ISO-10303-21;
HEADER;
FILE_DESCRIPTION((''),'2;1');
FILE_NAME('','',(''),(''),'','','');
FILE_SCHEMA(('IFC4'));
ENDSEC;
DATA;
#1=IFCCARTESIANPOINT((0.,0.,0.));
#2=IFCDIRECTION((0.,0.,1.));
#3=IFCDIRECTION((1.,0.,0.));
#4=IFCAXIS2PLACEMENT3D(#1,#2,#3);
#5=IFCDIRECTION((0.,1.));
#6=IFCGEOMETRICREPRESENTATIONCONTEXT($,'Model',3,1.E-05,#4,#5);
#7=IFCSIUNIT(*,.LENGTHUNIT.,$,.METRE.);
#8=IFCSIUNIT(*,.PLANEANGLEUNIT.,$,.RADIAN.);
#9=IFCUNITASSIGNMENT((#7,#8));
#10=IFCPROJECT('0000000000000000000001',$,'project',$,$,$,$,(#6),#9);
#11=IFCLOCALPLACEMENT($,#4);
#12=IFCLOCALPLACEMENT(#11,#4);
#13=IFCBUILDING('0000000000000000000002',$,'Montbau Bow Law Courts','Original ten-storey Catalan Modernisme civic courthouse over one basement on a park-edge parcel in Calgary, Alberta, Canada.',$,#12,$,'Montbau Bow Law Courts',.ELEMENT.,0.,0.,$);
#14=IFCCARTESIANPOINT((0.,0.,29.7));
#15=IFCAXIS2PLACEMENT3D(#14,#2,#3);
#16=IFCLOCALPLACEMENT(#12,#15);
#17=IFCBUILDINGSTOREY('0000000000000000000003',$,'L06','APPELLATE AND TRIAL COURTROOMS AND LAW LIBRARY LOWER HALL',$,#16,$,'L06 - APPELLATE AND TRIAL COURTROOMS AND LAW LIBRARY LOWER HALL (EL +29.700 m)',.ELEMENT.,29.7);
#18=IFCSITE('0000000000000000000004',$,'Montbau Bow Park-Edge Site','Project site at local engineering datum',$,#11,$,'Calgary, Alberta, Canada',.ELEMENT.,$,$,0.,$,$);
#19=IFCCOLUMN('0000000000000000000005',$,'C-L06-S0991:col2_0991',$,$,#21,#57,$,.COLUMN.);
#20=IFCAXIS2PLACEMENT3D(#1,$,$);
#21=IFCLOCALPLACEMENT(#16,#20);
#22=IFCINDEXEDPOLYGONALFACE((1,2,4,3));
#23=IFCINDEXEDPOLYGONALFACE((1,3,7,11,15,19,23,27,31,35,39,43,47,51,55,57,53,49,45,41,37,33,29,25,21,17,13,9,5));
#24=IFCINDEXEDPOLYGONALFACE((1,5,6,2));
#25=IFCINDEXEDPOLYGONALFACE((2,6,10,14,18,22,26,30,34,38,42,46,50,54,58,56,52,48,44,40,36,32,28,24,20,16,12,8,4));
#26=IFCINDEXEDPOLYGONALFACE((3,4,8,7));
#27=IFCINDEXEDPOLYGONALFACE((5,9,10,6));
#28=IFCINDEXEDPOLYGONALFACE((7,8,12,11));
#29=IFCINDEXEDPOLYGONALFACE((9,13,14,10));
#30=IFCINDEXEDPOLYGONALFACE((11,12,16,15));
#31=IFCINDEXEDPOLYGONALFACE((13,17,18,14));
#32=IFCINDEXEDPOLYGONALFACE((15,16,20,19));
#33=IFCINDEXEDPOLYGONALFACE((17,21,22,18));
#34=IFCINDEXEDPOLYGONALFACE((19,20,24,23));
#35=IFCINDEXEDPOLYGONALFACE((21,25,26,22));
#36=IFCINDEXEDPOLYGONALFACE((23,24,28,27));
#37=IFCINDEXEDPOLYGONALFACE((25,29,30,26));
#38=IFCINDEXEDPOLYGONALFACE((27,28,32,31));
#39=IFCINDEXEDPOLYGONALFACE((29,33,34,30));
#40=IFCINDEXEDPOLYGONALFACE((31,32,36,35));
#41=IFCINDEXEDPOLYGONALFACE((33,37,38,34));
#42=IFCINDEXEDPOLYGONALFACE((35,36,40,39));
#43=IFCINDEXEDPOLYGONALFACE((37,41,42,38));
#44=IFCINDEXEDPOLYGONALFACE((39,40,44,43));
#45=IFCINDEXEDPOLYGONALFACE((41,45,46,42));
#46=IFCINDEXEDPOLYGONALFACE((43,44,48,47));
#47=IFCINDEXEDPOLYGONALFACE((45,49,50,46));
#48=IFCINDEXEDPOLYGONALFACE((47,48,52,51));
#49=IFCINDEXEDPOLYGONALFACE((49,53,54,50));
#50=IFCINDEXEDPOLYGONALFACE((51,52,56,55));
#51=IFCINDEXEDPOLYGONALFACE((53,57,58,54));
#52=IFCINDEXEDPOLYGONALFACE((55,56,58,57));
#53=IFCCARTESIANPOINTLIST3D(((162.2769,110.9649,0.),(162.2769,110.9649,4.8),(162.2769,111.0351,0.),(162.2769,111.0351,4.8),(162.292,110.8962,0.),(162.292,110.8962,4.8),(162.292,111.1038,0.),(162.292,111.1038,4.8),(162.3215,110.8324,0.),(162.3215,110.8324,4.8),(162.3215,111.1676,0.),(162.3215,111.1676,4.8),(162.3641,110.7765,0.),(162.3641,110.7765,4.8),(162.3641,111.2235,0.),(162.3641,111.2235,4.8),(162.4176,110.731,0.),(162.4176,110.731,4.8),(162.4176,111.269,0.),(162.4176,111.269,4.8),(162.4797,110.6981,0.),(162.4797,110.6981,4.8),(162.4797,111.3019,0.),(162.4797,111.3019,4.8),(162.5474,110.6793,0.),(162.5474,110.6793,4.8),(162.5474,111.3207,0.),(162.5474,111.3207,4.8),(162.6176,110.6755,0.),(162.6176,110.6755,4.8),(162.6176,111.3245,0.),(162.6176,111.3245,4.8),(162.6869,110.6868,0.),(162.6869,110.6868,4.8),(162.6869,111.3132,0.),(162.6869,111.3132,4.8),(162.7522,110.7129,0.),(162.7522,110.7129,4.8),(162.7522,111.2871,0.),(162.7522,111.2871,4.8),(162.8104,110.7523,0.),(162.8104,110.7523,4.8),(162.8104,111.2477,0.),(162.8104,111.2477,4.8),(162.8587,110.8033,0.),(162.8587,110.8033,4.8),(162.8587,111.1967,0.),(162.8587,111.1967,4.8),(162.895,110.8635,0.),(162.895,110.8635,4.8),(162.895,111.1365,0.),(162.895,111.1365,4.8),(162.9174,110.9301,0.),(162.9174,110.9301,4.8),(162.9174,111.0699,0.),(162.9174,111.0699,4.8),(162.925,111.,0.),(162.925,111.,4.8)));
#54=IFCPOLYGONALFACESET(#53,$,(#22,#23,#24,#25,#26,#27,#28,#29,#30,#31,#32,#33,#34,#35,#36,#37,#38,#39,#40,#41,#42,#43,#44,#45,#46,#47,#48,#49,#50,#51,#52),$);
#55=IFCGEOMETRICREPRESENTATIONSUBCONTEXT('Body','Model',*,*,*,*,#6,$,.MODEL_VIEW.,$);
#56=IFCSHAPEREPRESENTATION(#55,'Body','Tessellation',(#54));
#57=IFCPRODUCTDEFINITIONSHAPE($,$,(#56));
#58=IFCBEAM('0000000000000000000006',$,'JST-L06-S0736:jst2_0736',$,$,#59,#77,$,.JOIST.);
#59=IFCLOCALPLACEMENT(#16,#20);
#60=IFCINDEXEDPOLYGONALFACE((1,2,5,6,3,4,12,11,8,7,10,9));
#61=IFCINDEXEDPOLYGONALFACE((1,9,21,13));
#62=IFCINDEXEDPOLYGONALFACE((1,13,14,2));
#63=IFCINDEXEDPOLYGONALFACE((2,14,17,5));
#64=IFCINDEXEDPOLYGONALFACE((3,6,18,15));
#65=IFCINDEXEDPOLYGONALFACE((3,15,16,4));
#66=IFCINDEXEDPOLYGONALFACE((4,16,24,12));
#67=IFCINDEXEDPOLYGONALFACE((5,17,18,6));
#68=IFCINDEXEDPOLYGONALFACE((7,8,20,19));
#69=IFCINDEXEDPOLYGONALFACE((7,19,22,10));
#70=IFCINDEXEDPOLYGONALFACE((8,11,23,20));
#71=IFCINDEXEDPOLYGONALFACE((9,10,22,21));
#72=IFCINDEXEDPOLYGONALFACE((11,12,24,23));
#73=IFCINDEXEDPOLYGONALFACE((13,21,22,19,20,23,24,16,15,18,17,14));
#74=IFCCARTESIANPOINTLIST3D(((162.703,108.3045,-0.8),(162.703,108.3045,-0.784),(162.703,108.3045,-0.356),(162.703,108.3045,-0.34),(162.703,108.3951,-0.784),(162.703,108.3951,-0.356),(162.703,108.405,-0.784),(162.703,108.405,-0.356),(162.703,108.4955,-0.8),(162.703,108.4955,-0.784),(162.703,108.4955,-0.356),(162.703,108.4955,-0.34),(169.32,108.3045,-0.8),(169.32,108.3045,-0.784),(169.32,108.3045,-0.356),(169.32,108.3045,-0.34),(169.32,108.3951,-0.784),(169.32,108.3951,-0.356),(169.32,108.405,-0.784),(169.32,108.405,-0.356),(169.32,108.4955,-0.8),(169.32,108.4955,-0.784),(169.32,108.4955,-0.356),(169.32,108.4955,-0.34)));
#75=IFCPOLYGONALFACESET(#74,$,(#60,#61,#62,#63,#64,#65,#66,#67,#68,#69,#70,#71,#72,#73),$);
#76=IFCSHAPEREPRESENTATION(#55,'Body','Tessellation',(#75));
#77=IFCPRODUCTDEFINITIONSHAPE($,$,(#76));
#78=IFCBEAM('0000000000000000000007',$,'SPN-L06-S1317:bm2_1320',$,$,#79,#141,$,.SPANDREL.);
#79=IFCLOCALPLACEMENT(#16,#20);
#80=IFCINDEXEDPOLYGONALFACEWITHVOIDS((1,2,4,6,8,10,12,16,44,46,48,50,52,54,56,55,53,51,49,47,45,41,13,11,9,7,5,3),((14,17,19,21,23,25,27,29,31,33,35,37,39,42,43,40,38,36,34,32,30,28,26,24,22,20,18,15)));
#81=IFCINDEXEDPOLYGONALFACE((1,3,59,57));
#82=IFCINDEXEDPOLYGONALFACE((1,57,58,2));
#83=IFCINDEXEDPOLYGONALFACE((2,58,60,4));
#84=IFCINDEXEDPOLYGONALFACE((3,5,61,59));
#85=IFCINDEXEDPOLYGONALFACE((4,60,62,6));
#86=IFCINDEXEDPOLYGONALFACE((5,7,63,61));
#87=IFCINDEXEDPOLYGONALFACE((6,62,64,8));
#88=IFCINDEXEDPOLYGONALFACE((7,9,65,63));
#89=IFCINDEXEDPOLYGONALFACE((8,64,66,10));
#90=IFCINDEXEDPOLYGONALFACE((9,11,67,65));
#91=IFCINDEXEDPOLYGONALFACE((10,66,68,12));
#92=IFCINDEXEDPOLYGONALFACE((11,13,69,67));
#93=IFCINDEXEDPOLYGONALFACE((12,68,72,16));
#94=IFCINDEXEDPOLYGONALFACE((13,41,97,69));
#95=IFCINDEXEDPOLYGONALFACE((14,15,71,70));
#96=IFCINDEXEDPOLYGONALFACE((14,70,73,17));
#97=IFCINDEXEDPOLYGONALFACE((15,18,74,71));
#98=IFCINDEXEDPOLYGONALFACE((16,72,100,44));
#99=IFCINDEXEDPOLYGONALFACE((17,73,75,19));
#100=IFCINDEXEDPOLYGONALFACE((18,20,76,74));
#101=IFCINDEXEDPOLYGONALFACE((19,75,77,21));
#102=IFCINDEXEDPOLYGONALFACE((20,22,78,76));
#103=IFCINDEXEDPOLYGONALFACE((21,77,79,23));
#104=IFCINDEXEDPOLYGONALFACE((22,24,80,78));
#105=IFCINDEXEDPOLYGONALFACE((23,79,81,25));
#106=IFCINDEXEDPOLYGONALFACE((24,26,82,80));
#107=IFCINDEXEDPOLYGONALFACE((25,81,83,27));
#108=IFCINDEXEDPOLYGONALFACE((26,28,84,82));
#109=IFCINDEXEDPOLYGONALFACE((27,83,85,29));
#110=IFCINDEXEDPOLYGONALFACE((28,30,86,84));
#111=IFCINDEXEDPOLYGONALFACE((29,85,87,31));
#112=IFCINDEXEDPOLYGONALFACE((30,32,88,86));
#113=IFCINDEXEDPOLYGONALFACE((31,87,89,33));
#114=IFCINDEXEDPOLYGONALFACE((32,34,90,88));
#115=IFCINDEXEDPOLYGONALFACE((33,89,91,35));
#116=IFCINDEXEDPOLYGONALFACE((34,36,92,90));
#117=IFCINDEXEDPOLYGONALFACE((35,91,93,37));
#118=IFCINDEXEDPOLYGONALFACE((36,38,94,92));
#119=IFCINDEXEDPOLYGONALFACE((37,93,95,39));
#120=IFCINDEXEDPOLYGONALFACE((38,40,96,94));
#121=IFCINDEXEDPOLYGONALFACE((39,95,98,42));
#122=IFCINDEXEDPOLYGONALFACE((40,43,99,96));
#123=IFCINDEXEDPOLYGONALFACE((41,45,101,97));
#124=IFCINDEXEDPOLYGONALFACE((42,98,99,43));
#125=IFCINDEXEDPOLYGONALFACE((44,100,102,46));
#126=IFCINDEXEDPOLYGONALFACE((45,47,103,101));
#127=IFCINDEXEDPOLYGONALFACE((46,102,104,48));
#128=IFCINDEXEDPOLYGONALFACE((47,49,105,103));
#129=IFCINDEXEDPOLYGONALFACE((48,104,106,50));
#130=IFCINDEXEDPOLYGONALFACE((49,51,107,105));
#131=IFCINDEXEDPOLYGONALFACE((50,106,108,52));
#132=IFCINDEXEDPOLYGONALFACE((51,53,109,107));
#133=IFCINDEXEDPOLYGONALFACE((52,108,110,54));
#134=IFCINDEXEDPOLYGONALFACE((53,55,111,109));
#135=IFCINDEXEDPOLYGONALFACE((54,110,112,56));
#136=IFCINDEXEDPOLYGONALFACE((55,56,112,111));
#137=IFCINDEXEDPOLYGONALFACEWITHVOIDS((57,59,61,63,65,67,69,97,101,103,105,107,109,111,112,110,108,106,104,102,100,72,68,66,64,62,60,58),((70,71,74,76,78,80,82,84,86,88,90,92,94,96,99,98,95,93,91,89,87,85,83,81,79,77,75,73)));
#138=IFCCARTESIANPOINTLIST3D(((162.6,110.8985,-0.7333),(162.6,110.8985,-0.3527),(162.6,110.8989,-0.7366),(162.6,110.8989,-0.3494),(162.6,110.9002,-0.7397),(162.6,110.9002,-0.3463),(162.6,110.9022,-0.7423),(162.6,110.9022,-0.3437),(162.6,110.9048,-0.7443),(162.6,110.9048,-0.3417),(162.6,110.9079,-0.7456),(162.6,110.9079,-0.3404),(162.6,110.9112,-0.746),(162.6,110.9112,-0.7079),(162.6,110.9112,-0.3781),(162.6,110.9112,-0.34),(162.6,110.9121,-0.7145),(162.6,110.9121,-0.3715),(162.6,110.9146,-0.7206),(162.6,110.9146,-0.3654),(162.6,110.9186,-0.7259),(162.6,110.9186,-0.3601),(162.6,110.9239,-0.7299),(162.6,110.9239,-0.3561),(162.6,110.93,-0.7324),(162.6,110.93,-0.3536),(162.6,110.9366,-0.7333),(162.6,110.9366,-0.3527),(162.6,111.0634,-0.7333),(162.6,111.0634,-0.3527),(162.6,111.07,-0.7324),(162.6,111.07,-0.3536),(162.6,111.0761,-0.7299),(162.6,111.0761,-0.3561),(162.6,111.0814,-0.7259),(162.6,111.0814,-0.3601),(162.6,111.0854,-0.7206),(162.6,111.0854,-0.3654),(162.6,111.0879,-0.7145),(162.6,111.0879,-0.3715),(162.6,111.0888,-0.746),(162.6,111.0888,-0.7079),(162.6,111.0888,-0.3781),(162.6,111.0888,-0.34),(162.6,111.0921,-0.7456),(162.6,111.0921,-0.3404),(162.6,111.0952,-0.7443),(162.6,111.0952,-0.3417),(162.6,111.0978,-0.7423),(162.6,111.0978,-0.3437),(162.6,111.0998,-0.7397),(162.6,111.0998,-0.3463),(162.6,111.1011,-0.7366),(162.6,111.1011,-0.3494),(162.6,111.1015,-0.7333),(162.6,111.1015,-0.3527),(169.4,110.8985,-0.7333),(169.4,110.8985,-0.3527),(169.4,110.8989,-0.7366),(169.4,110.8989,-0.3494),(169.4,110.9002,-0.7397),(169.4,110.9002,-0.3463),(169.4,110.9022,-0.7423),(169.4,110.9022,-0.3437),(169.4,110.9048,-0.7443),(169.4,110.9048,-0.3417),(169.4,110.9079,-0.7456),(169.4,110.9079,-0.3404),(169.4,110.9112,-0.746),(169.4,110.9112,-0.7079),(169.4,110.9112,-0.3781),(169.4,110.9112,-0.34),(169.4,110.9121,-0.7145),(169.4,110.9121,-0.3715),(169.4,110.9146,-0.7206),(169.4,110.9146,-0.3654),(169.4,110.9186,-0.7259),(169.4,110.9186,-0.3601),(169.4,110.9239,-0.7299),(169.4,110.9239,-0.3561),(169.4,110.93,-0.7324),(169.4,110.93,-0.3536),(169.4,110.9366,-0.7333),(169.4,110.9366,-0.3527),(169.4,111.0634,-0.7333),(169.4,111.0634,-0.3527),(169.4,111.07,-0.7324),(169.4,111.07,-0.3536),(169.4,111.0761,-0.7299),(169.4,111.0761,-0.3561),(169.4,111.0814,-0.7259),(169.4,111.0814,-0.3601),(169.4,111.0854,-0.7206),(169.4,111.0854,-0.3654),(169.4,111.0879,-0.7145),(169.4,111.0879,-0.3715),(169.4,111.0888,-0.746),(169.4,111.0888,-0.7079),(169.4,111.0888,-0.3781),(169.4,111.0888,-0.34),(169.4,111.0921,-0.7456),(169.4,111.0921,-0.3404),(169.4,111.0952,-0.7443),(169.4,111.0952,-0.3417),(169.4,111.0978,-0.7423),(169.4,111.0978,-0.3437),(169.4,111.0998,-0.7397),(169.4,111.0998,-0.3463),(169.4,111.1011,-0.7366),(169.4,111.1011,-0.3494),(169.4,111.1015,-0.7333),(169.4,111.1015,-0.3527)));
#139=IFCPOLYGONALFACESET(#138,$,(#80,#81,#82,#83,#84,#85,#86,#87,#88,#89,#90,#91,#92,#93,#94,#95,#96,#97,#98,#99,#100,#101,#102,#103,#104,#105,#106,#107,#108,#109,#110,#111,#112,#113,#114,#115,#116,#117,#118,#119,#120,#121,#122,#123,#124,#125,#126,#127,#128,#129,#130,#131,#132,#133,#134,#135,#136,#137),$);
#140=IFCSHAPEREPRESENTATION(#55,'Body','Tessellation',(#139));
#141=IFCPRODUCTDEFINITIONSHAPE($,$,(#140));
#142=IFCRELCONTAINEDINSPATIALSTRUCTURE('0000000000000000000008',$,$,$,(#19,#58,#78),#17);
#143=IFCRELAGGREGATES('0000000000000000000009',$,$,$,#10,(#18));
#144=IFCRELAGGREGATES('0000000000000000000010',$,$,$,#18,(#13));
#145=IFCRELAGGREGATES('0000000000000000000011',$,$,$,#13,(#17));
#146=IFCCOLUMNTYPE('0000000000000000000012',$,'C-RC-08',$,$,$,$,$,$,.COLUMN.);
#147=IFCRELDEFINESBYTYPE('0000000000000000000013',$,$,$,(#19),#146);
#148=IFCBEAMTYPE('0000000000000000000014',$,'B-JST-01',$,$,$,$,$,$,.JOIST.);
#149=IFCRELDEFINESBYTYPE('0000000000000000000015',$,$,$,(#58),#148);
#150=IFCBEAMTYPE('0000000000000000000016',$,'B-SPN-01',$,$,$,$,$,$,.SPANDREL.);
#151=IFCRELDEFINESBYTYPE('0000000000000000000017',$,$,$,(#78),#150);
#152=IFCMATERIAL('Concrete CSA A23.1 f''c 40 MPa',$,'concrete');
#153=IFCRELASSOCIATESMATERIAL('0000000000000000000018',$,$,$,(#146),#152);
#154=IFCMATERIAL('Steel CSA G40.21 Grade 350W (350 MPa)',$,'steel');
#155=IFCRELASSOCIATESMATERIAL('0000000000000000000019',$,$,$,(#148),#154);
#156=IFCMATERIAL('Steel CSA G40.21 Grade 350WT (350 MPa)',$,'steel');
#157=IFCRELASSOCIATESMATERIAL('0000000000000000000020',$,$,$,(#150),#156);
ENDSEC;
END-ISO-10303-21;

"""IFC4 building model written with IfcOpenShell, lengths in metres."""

from ifc_helpers import new_model, si_unit, direction, frame, origin_with_axes, origin_2d_with_axis, place, context, subcontext, project, spatial, hollow_rectangle, circle, i_section, extrude, material, material_profile, profile_set, type_object, element, save


model = new_model("IFC4")

# Units and contexts
model_context = context("Model", 3, precision=1e-05, world=origin_with_axes(), true_north=direction((0.0, 1.0)))
body_context = subcontext(model_context, "Body", "Model", "MODEL_VIEW")
ifc_project = project(units=[si_unit("LENGTHUNIT", "METRE"), si_unit("PLANEANGLEUNIT", "RADIAN")], contexts=[model_context])

# Site, building, storey
site_placement = place(None, origin_with_axes())
site = spatial("IfcSite", under=ifc_project, at=site_placement, Name="Montbau Bow Park-Edge Site", Description="Project site at local engineering datum", LongName="Calgary, Alberta, Canada", CompositionType="ELEMENT", RefElevation=0.0)
building_placement = place(site_placement, origin_with_axes())
building = spatial("IfcBuilding", under=site, at=building_placement, Name="Montbau Bow Law Courts", Description="Original ten-storey Catalan Modernisme civic courthouse over one basement on a park-edge parcel in Calgary, Alberta, Canada.", LongName="Montbau Bow Law Courts", CompositionType="ELEMENT", ElevationOfRefHeight=0.0, ElevationOfTerrain=0.0)
storey_placement = place(building_placement, frame((0.0, 0.0, 29.7), z_axis=(0.0, 0.0, 1.0), x_axis=(1.0, 0.0, 0.0)))
storey = spatial("IfcBuildingStorey", under=building, at=storey_placement, Name="L06", Description="APPELLATE AND TRIAL COURTROOMS AND LAW LIBRARY LOWER HALL", LongName="L06 - APPELLATE AND TRIAL COURTROOMS AND LAW LIBRARY LOWER HALL (EL +29.700 m)", CompositionType="ELEMENT", Elevation=29.7)

# Column
ifc_material_1 = material(Name="Concrete CSA A23.1 f'c 40 MPa", Category="concrete")
ifc_material_profile_1 = material_profile(ifc_material_1, circle(Radius=0.325, at=origin_2d_with_axis()), Name="RC650D", Category="Main", Priority=0)
ifc_profile_set_1 = profile_set([ifc_material_profile_1], Name="Concrete CSA A23.1 f'c 40 MPa")
column_type = type_object("IfcColumnType", Name="C-RC-08", PredefinedType="COLUMN", material=ifc_profile_set_1)
column_placement = place(None, frame((162.6, 111.0, 29.7), z_axis=(0.0, 0.0, 1.0), x_axis=(1.0, 0.0, 0.0)))
element("IfcColumn", 1, at=column_placement, inside=storey, type_object=column_type, Name="C-L06-S0991:col2_0991", PredefinedType="COLUMN", context=body_context, shape_type="SweptSolid", body=[
    extrude(circle(Radius=0.325, at=origin_2d_with_axis()), origin_with_axes(), (0.0, 0.0, 1.0), 4.8),
])

# Beams
ifc_material_2 = material(Name="Steel CSA G40.21 Grade 350W (350 MPa)", Category="steel")
ifc_material_profile_2 = material_profile(ifc_material_2, i_section(OverallWidth=0.191, OverallDepth=0.46, WebThickness=0.0099, FlangeThickness=0.016, at=origin_2d_with_axis()), Name="W460X82", Category="Main", Priority=0)
ifc_profile_set_2 = profile_set([ifc_material_profile_2], Name="Steel CSA G40.21 Grade 350W (350 MPa)")
beam_type_1 = type_object("IfcBeamType", Name="B-JST-01", PredefinedType="JOIST", material=ifc_profile_set_2)
beam_1_placement = place(None, frame((162.703, 108.4, 29.13), z_axis=(1.0, 0.0, 0.0), x_axis=(0.0, 1.0, 0.0)))
element("IfcBeam", 2, at=beam_1_placement, inside=storey, type_object=beam_type_1, Name="JST-L06-S0736:jst2_0736", PredefinedType="JOIST", context=body_context, shape_type="SweptSolid", body=[
    extrude(i_section(OverallWidth=0.191, OverallDepth=0.46, WebThickness=0.0099, FlangeThickness=0.016, at=origin_2d_with_axis()), origin_with_axes(), (0.0, 0.0, 1.0), 6.617),
])
ifc_material_3 = material(Name="Steel CSA G40.21 Grade 350WT (350 MPa)", Category="steel")
ifc_material_profile_3 = material_profile(ifc_material_3, hollow_rectangle(XDim=0.203, YDim=0.406, WallThickness=0.0127, InnerFilletRadius=0.0254, OuterFilletRadius=0.0127, at=origin_2d_with_axis()), Name="HSS406X203X13", Category="Main", Priority=0)
ifc_profile_set_3 = profile_set([ifc_material_profile_3], Name="Steel CSA G40.21 Grade 350WT (350 MPa)")
beam_type_2 = type_object("IfcBeamType", Name="B-SPN-01", PredefinedType="SPANDREL", material=ifc_profile_set_3)
beam_2_placement = place(None, frame((162.6, 111.0, 29.157), z_axis=(1.0, 0.0, 0.0), x_axis=(0.0, 1.0, 0.0)))
element("IfcBeam", 3, at=beam_2_placement, inside=storey, type_object=beam_type_2, Name="SPN-L06-S1317:bm2_1320", PredefinedType="SPANDREL", context=body_context, shape_type="SweptSolid", body=[
    extrude(hollow_rectangle(XDim=0.203, YDim=0.406, WallThickness=0.0127, InnerFilletRadius=0.0254, OuterFilletRadius=0.0127, at=origin_2d_with_axis()), origin_with_axes(), (0.0, 0.0, 1.0), 6.8),
])

save(model, "model.ifc")
